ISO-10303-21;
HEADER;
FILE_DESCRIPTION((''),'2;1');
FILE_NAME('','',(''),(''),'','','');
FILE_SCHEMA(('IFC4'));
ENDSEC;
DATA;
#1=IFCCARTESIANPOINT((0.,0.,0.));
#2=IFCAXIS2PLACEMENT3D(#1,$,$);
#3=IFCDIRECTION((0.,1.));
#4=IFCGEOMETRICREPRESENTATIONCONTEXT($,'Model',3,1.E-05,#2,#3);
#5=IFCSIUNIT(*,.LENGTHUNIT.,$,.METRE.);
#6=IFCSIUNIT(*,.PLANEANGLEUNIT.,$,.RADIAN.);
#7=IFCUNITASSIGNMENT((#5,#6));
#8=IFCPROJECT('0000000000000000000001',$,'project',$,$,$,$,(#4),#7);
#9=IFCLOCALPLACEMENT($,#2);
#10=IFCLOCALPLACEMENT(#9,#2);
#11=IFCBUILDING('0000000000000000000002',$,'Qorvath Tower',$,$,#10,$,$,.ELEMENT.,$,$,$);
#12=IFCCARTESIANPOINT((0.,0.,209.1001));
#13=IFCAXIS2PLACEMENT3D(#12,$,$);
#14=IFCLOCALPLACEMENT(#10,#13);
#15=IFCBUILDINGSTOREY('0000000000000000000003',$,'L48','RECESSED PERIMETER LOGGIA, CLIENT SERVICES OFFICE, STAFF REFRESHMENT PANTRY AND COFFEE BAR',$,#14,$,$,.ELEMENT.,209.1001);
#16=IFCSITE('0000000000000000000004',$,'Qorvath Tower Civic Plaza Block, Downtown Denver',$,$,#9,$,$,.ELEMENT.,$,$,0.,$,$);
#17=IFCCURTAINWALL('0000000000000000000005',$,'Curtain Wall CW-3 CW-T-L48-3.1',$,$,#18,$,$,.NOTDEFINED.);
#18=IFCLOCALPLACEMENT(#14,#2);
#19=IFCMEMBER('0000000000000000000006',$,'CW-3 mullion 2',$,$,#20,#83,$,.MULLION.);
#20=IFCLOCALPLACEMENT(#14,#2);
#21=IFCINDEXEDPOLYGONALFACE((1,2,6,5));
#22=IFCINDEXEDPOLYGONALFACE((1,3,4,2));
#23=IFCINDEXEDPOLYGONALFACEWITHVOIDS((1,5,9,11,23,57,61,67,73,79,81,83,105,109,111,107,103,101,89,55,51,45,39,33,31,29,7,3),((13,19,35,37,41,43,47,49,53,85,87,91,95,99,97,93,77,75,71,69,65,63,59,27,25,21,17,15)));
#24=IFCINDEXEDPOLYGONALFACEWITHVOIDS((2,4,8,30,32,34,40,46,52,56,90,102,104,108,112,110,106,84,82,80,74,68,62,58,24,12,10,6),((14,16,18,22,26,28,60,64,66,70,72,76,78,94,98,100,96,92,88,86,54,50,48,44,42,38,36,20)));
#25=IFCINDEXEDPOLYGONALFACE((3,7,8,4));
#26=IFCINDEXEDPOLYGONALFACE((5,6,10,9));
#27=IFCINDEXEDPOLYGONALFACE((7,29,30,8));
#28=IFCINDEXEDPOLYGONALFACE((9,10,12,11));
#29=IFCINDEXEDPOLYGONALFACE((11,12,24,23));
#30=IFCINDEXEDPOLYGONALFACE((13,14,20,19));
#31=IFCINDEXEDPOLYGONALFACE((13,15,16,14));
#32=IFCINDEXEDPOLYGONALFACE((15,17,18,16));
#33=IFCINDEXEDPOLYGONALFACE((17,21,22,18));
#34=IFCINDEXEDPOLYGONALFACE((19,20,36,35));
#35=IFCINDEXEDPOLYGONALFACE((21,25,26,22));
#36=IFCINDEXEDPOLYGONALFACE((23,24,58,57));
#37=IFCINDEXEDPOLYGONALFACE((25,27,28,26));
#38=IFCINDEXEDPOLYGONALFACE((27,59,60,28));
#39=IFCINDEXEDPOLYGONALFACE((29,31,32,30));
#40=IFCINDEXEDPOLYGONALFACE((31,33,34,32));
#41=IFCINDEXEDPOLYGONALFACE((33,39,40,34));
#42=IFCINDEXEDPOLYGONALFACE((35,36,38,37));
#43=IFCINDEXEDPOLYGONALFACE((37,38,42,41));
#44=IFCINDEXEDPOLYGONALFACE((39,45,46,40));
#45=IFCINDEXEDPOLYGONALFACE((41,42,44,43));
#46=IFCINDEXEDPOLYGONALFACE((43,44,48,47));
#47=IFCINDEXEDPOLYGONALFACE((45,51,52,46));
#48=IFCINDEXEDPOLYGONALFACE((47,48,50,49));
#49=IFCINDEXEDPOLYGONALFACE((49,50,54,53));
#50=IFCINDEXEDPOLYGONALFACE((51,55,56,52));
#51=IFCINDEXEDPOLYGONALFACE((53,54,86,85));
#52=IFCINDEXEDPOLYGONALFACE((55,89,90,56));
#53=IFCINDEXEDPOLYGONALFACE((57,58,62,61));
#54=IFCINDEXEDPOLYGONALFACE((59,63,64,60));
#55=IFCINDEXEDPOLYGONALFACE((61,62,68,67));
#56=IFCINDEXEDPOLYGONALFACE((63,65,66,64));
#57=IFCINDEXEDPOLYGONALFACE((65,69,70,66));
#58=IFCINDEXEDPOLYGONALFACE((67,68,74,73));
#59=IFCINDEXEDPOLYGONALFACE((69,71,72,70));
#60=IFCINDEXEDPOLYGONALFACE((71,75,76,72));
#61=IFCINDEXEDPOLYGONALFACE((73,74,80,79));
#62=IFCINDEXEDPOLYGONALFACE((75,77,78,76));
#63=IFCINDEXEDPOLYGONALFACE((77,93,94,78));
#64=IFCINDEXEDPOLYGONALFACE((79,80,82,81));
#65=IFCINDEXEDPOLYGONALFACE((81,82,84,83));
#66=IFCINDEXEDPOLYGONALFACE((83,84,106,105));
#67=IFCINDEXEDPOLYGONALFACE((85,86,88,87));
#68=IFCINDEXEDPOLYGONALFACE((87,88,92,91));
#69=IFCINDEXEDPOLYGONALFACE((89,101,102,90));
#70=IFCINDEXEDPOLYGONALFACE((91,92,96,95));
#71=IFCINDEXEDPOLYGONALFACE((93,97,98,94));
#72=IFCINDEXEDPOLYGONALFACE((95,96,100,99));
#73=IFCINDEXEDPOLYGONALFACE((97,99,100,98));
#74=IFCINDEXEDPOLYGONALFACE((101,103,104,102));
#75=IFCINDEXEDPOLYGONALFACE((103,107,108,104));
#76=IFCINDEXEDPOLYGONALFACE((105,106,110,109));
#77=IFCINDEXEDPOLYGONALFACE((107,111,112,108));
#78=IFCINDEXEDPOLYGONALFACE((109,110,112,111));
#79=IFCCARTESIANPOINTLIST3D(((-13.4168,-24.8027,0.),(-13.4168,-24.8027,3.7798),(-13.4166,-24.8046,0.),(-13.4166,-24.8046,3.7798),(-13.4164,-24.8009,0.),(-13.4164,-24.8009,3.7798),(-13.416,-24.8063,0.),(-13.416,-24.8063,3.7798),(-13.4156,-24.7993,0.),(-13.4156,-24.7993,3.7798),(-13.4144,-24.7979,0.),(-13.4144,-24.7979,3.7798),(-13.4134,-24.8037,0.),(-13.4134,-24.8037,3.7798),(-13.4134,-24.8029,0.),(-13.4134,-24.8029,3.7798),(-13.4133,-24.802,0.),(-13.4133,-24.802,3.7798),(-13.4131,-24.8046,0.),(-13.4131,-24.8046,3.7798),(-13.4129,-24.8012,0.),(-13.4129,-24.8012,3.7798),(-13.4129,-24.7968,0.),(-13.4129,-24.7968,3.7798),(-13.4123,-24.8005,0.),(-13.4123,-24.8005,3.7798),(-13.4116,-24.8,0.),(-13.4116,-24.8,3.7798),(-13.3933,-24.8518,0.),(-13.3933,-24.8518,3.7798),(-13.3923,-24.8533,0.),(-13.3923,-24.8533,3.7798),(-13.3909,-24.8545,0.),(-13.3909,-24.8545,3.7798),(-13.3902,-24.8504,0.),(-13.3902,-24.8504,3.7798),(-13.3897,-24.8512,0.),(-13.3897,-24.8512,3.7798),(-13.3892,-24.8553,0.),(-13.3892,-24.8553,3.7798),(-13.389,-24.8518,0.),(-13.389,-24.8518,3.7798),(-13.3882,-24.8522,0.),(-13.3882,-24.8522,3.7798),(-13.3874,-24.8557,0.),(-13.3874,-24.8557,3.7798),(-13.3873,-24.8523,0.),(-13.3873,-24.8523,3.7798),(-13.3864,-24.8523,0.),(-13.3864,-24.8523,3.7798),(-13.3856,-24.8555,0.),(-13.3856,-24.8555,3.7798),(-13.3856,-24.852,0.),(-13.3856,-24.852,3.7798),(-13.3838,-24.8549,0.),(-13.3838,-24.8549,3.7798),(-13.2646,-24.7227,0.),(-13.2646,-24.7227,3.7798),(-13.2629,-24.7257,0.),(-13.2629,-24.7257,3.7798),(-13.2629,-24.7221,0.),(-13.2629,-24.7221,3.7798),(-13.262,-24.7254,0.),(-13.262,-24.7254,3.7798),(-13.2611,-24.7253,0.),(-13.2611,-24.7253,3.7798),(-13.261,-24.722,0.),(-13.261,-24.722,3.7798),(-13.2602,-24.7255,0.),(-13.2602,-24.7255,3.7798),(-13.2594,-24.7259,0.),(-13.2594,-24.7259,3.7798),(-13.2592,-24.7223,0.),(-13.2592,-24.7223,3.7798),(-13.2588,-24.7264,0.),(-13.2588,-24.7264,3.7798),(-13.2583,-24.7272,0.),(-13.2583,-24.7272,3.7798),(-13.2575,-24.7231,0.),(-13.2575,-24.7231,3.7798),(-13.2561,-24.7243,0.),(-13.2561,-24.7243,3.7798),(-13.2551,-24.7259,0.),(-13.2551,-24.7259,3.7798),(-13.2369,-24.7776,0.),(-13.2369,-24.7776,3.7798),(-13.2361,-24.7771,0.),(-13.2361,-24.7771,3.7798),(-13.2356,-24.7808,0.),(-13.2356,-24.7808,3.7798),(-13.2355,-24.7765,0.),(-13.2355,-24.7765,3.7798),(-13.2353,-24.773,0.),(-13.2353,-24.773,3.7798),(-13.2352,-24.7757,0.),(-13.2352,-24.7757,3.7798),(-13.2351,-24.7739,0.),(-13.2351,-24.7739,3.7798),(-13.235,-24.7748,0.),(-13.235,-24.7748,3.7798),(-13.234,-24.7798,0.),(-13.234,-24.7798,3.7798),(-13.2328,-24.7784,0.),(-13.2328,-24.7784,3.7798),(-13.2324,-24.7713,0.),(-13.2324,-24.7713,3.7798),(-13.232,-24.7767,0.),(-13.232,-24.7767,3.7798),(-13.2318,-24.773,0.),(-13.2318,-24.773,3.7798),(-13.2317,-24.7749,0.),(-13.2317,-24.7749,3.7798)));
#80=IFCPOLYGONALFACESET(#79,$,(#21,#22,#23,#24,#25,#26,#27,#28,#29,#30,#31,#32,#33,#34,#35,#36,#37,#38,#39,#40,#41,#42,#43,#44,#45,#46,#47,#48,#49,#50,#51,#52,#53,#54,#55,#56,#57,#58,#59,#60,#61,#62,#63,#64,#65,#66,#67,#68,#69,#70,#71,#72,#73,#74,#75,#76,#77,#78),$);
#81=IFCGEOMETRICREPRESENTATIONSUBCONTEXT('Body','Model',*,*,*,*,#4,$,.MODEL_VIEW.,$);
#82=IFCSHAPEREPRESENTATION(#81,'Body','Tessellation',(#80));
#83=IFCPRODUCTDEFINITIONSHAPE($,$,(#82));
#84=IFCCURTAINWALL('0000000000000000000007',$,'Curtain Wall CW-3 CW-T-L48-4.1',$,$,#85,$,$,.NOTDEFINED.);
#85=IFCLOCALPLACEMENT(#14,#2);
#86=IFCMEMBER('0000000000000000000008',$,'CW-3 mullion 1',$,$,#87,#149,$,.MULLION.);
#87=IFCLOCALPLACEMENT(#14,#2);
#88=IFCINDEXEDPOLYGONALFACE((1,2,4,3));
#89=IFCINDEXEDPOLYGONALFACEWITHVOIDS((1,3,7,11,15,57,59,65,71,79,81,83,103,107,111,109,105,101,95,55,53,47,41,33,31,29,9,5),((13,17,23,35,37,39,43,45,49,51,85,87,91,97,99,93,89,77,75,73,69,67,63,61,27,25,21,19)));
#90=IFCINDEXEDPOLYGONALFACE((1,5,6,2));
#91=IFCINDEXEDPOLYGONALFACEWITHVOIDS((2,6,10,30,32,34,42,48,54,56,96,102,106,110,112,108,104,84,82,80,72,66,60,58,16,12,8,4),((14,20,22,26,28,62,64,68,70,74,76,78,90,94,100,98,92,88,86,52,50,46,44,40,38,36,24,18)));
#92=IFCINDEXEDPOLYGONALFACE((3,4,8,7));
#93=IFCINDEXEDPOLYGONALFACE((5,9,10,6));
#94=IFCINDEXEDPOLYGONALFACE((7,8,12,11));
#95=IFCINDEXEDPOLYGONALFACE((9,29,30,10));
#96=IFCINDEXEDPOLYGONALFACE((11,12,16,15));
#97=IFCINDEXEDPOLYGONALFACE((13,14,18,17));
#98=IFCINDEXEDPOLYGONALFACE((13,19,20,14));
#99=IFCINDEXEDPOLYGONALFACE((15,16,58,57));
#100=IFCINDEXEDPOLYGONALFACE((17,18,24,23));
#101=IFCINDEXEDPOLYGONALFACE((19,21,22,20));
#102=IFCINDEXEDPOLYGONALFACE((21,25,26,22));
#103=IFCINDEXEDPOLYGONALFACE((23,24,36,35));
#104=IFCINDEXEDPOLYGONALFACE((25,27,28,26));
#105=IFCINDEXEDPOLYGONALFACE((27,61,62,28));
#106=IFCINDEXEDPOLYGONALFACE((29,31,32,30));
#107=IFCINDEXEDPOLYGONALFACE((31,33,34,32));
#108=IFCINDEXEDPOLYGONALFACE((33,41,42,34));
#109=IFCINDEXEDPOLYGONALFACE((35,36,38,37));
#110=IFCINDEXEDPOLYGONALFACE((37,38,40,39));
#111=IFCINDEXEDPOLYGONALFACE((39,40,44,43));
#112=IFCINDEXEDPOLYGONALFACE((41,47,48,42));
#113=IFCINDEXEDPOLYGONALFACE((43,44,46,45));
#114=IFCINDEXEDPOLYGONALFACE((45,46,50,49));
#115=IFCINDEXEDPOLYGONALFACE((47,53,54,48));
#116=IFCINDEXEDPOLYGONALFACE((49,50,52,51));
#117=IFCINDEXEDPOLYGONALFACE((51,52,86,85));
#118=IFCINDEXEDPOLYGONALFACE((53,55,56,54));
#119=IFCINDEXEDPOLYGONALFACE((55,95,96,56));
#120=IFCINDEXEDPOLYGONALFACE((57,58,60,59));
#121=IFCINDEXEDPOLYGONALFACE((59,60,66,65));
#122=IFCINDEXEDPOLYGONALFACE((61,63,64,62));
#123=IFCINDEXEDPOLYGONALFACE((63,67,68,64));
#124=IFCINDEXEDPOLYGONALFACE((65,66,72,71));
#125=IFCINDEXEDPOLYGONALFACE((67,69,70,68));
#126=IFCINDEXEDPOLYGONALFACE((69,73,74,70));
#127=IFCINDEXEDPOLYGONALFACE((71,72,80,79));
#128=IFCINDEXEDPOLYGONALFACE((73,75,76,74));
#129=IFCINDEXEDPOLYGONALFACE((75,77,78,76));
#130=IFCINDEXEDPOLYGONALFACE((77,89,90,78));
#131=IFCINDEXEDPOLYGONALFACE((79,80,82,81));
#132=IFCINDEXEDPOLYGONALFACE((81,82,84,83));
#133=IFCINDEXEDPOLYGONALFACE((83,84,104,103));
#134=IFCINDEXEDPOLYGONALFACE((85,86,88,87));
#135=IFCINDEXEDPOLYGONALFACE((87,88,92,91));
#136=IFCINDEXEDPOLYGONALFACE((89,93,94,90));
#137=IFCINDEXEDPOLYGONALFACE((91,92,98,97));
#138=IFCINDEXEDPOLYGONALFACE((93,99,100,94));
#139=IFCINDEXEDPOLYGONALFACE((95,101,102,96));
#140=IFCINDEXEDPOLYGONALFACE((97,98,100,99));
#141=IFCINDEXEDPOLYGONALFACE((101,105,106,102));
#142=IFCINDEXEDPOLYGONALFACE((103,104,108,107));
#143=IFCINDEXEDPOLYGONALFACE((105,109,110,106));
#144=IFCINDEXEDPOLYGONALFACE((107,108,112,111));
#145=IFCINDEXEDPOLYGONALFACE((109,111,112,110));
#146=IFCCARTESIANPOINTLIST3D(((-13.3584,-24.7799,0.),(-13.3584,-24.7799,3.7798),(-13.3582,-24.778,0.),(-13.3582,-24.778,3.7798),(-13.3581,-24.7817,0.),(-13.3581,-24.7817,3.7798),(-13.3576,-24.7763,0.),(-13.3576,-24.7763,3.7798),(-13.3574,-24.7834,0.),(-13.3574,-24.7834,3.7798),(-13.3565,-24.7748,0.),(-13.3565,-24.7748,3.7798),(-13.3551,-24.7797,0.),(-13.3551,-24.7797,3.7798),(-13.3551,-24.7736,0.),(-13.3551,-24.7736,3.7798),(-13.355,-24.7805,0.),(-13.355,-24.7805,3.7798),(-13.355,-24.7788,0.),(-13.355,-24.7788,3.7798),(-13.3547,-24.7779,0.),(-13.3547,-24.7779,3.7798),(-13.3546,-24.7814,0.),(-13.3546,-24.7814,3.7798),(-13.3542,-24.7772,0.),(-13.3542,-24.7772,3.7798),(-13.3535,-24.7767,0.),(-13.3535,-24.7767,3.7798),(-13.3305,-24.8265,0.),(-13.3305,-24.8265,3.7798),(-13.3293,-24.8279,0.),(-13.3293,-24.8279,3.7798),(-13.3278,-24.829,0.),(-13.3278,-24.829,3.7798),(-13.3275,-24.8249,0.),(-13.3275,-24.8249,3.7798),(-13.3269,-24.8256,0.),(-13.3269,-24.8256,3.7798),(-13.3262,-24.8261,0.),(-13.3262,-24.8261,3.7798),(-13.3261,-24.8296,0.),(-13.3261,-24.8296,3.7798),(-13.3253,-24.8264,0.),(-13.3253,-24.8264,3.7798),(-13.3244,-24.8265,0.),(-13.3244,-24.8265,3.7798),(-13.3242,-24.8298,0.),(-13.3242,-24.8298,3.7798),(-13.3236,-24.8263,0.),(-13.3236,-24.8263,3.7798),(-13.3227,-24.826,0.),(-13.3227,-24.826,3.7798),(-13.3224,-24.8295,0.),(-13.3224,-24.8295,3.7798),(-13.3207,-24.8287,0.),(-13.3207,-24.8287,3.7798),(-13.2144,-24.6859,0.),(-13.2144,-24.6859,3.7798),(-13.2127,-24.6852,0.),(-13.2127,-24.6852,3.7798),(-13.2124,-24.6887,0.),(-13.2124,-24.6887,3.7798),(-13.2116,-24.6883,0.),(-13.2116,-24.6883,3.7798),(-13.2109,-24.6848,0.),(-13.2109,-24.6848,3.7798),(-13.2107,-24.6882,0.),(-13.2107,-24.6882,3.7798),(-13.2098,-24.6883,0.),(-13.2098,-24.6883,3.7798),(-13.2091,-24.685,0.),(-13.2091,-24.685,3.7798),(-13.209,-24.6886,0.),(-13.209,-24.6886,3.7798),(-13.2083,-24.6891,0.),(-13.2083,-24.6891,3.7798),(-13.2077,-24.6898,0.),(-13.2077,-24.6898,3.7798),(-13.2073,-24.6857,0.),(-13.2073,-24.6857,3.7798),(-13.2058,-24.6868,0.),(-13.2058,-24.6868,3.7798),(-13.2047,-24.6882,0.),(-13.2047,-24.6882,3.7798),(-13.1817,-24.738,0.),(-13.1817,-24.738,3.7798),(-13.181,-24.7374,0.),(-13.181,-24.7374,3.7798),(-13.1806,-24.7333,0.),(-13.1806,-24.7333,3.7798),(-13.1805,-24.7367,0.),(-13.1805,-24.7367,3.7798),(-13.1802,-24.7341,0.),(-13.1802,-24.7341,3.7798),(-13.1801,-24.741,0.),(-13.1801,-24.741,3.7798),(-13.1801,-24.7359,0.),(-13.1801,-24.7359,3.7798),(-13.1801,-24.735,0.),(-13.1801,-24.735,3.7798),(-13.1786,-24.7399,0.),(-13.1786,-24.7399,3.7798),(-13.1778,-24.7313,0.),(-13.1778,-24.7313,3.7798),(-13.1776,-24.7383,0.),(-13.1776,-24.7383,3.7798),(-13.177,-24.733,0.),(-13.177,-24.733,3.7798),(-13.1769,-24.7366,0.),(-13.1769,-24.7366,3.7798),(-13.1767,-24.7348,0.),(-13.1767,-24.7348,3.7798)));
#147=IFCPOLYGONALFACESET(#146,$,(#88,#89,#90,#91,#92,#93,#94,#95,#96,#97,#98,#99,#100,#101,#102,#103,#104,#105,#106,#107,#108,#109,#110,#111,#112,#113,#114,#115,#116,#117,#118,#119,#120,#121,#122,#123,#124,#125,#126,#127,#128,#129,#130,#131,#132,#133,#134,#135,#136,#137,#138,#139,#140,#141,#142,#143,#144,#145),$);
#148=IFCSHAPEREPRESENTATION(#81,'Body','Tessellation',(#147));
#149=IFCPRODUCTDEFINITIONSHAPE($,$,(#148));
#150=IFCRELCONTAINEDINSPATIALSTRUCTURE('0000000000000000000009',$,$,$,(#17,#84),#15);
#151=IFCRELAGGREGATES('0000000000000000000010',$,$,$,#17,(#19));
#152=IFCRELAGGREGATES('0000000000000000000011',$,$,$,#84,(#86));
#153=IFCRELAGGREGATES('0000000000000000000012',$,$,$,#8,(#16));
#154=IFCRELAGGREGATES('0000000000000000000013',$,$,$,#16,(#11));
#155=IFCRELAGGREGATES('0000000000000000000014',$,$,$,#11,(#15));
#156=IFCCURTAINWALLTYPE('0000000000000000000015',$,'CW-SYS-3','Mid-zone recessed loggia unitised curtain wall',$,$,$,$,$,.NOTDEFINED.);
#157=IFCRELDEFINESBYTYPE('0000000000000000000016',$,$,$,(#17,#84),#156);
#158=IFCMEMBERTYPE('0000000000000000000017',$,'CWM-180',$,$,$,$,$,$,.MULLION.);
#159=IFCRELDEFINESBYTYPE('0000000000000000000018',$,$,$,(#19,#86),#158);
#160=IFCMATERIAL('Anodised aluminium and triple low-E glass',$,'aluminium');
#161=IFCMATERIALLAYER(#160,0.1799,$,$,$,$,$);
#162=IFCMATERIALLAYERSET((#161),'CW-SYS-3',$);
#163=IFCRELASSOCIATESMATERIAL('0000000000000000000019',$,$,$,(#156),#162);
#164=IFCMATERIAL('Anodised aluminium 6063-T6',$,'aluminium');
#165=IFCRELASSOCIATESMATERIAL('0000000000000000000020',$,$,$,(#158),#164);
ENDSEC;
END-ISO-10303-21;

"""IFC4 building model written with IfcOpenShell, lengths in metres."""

from ifc_helpers import new_model, si_unit, direction, frame, origin, origin_2d, place, context, subcontext, project, spatial, hollow_rectangle, extrude, material, layer, layer_set, material_profile, profile_set, type_object, element, aggregate, save


model = new_model("IFC4")

# Units and contexts
model_context = context("Model", 3, precision=1e-05, world=origin(), true_north=direction((0.0, 1.0)))
body_context = subcontext(model_context, "Body", "Model", "MODEL_VIEW")
ifc_project = project(units=[si_unit("LENGTHUNIT", "METRE"), si_unit("PLANEANGLEUNIT", "RADIAN")], contexts=[model_context])

# Site, building, storey
site_placement = place(None, origin())
site = spatial("IfcSite", under=ifc_project, at=site_placement, Name="Qorvath Tower Civic Plaza Block, Downtown Denver", CompositionType="ELEMENT", RefElevation=0.0)
building_placement = place(site_placement, origin())
building = spatial("IfcBuilding", under=site, at=building_placement, Name="Qorvath Tower", CompositionType="ELEMENT")
storey_placement = place(building_placement, frame((0.0, 0.0, 209.1001)))
storey = spatial("IfcBuildingStorey", under=building, at=storey_placement, Name="L48", Description="RECESSED PERIMETER LOGGIA, CLIENT SERVICES OFFICE, STAFF REFRESHMENT PANTRY AND COFFEE BAR", CompositionType="ELEMENT", Elevation=209.1001)

# Shared definitions
ifc_material_1 = material(Name="Anodised aluminium and triple low-E glass", Category="aluminium")
ifc_layer_1 = layer(ifc_material_1, 0.1799)
ifc_layer_set_1 = layer_set([ifc_layer_1], Name="CW-SYS-3")
curtain_wall_type = type_object("IfcCurtainWallType", Name="CW-SYS-3", Description="Mid-zone recessed loggia unitised curtain wall", PredefinedType="NOTDEFINED", material=ifc_layer_set_1)
ifc_material_2 = material(Name="Anodised aluminium 6063-T6", Category="aluminium")
ifc_material_profile_1 = material_profile(ifc_material_2, hollow_rectangle(XDim=0.0649, YDim=0.1799, WallThickness=0.0034, InnerFilletRadius=0.0034, OuterFilletRadius=0.0071, at=origin_2d()), Name="CWM 180x65")
ifc_profile_set_1 = profile_set([ifc_material_profile_1], Name="Anodised aluminium 6063-T6")
member_type_1 = type_object("IfcMemberType", Name="CWM-180", PredefinedType="MULLION", material=ifc_profile_set_1)

# Curtain walls, members
curtain_wall_1_placement = place(storey_placement, origin())
curtain_wall_1 = element("IfcCurtainWall", 1, at=curtain_wall_1_placement, inside=storey, type_object=curtain_wall_type, Name="Curtain Wall CW-3 CW-T-L48-3.1", PredefinedType="NOTDEFINED")
member_1_placement = place(storey_placement, frame((-13.3242, -24.7888, 0.0), z_axis=(0.0, 0.0, 1.0), x_axis=(-0.447167, 0.894451, 0.0)))
member_1 = element("IfcMember", 2, at=member_1_placement, type_object=member_type_1, Name="CW-3 mullion 2", PredefinedType="MULLION", context=body_context, shape_type="SweptSolid", body=[
    extrude(hollow_rectangle(XDim=0.0649, YDim=0.1799, WallThickness=0.0034, InnerFilletRadius=0.0034, OuterFilletRadius=0.0071, at=origin_2d()), origin(), (0.0, 0.0, 1.0), 3.7798),
])
curtain_wall_2_placement = place(storey_placement, origin())
curtain_wall_2 = element("IfcCurtainWall", 3, at=curtain_wall_2_placement, inside=storey, type_object=curtain_wall_type, Name="Curtain Wall CW-3 CW-T-L48-4.1", PredefinedType="NOTDEFINED")
member_2_placement = place(storey_placement, frame((-13.2676, -24.7573, 0.0), z_axis=(0.0, 0.0, 1.0), x_axis=(-0.529074, 0.848576, 0.0)))
member_2 = element("IfcMember", 4, at=member_2_placement, type_object=member_type_1, Name="CW-3 mullion 1", PredefinedType="MULLION", context=body_context, shape_type="SweptSolid", body=[
    extrude(hollow_rectangle(XDim=0.0649, YDim=0.1799, WallThickness=0.0034, InnerFilletRadius=0.0034, OuterFilletRadius=0.0071, at=origin_2d()), origin(), (0.0, 0.0, 1.0), 3.7798),
])

aggregate(curtain_wall_1, [member_1])
aggregate(curtain_wall_2, [member_2])

save(model, "model.ifc")
